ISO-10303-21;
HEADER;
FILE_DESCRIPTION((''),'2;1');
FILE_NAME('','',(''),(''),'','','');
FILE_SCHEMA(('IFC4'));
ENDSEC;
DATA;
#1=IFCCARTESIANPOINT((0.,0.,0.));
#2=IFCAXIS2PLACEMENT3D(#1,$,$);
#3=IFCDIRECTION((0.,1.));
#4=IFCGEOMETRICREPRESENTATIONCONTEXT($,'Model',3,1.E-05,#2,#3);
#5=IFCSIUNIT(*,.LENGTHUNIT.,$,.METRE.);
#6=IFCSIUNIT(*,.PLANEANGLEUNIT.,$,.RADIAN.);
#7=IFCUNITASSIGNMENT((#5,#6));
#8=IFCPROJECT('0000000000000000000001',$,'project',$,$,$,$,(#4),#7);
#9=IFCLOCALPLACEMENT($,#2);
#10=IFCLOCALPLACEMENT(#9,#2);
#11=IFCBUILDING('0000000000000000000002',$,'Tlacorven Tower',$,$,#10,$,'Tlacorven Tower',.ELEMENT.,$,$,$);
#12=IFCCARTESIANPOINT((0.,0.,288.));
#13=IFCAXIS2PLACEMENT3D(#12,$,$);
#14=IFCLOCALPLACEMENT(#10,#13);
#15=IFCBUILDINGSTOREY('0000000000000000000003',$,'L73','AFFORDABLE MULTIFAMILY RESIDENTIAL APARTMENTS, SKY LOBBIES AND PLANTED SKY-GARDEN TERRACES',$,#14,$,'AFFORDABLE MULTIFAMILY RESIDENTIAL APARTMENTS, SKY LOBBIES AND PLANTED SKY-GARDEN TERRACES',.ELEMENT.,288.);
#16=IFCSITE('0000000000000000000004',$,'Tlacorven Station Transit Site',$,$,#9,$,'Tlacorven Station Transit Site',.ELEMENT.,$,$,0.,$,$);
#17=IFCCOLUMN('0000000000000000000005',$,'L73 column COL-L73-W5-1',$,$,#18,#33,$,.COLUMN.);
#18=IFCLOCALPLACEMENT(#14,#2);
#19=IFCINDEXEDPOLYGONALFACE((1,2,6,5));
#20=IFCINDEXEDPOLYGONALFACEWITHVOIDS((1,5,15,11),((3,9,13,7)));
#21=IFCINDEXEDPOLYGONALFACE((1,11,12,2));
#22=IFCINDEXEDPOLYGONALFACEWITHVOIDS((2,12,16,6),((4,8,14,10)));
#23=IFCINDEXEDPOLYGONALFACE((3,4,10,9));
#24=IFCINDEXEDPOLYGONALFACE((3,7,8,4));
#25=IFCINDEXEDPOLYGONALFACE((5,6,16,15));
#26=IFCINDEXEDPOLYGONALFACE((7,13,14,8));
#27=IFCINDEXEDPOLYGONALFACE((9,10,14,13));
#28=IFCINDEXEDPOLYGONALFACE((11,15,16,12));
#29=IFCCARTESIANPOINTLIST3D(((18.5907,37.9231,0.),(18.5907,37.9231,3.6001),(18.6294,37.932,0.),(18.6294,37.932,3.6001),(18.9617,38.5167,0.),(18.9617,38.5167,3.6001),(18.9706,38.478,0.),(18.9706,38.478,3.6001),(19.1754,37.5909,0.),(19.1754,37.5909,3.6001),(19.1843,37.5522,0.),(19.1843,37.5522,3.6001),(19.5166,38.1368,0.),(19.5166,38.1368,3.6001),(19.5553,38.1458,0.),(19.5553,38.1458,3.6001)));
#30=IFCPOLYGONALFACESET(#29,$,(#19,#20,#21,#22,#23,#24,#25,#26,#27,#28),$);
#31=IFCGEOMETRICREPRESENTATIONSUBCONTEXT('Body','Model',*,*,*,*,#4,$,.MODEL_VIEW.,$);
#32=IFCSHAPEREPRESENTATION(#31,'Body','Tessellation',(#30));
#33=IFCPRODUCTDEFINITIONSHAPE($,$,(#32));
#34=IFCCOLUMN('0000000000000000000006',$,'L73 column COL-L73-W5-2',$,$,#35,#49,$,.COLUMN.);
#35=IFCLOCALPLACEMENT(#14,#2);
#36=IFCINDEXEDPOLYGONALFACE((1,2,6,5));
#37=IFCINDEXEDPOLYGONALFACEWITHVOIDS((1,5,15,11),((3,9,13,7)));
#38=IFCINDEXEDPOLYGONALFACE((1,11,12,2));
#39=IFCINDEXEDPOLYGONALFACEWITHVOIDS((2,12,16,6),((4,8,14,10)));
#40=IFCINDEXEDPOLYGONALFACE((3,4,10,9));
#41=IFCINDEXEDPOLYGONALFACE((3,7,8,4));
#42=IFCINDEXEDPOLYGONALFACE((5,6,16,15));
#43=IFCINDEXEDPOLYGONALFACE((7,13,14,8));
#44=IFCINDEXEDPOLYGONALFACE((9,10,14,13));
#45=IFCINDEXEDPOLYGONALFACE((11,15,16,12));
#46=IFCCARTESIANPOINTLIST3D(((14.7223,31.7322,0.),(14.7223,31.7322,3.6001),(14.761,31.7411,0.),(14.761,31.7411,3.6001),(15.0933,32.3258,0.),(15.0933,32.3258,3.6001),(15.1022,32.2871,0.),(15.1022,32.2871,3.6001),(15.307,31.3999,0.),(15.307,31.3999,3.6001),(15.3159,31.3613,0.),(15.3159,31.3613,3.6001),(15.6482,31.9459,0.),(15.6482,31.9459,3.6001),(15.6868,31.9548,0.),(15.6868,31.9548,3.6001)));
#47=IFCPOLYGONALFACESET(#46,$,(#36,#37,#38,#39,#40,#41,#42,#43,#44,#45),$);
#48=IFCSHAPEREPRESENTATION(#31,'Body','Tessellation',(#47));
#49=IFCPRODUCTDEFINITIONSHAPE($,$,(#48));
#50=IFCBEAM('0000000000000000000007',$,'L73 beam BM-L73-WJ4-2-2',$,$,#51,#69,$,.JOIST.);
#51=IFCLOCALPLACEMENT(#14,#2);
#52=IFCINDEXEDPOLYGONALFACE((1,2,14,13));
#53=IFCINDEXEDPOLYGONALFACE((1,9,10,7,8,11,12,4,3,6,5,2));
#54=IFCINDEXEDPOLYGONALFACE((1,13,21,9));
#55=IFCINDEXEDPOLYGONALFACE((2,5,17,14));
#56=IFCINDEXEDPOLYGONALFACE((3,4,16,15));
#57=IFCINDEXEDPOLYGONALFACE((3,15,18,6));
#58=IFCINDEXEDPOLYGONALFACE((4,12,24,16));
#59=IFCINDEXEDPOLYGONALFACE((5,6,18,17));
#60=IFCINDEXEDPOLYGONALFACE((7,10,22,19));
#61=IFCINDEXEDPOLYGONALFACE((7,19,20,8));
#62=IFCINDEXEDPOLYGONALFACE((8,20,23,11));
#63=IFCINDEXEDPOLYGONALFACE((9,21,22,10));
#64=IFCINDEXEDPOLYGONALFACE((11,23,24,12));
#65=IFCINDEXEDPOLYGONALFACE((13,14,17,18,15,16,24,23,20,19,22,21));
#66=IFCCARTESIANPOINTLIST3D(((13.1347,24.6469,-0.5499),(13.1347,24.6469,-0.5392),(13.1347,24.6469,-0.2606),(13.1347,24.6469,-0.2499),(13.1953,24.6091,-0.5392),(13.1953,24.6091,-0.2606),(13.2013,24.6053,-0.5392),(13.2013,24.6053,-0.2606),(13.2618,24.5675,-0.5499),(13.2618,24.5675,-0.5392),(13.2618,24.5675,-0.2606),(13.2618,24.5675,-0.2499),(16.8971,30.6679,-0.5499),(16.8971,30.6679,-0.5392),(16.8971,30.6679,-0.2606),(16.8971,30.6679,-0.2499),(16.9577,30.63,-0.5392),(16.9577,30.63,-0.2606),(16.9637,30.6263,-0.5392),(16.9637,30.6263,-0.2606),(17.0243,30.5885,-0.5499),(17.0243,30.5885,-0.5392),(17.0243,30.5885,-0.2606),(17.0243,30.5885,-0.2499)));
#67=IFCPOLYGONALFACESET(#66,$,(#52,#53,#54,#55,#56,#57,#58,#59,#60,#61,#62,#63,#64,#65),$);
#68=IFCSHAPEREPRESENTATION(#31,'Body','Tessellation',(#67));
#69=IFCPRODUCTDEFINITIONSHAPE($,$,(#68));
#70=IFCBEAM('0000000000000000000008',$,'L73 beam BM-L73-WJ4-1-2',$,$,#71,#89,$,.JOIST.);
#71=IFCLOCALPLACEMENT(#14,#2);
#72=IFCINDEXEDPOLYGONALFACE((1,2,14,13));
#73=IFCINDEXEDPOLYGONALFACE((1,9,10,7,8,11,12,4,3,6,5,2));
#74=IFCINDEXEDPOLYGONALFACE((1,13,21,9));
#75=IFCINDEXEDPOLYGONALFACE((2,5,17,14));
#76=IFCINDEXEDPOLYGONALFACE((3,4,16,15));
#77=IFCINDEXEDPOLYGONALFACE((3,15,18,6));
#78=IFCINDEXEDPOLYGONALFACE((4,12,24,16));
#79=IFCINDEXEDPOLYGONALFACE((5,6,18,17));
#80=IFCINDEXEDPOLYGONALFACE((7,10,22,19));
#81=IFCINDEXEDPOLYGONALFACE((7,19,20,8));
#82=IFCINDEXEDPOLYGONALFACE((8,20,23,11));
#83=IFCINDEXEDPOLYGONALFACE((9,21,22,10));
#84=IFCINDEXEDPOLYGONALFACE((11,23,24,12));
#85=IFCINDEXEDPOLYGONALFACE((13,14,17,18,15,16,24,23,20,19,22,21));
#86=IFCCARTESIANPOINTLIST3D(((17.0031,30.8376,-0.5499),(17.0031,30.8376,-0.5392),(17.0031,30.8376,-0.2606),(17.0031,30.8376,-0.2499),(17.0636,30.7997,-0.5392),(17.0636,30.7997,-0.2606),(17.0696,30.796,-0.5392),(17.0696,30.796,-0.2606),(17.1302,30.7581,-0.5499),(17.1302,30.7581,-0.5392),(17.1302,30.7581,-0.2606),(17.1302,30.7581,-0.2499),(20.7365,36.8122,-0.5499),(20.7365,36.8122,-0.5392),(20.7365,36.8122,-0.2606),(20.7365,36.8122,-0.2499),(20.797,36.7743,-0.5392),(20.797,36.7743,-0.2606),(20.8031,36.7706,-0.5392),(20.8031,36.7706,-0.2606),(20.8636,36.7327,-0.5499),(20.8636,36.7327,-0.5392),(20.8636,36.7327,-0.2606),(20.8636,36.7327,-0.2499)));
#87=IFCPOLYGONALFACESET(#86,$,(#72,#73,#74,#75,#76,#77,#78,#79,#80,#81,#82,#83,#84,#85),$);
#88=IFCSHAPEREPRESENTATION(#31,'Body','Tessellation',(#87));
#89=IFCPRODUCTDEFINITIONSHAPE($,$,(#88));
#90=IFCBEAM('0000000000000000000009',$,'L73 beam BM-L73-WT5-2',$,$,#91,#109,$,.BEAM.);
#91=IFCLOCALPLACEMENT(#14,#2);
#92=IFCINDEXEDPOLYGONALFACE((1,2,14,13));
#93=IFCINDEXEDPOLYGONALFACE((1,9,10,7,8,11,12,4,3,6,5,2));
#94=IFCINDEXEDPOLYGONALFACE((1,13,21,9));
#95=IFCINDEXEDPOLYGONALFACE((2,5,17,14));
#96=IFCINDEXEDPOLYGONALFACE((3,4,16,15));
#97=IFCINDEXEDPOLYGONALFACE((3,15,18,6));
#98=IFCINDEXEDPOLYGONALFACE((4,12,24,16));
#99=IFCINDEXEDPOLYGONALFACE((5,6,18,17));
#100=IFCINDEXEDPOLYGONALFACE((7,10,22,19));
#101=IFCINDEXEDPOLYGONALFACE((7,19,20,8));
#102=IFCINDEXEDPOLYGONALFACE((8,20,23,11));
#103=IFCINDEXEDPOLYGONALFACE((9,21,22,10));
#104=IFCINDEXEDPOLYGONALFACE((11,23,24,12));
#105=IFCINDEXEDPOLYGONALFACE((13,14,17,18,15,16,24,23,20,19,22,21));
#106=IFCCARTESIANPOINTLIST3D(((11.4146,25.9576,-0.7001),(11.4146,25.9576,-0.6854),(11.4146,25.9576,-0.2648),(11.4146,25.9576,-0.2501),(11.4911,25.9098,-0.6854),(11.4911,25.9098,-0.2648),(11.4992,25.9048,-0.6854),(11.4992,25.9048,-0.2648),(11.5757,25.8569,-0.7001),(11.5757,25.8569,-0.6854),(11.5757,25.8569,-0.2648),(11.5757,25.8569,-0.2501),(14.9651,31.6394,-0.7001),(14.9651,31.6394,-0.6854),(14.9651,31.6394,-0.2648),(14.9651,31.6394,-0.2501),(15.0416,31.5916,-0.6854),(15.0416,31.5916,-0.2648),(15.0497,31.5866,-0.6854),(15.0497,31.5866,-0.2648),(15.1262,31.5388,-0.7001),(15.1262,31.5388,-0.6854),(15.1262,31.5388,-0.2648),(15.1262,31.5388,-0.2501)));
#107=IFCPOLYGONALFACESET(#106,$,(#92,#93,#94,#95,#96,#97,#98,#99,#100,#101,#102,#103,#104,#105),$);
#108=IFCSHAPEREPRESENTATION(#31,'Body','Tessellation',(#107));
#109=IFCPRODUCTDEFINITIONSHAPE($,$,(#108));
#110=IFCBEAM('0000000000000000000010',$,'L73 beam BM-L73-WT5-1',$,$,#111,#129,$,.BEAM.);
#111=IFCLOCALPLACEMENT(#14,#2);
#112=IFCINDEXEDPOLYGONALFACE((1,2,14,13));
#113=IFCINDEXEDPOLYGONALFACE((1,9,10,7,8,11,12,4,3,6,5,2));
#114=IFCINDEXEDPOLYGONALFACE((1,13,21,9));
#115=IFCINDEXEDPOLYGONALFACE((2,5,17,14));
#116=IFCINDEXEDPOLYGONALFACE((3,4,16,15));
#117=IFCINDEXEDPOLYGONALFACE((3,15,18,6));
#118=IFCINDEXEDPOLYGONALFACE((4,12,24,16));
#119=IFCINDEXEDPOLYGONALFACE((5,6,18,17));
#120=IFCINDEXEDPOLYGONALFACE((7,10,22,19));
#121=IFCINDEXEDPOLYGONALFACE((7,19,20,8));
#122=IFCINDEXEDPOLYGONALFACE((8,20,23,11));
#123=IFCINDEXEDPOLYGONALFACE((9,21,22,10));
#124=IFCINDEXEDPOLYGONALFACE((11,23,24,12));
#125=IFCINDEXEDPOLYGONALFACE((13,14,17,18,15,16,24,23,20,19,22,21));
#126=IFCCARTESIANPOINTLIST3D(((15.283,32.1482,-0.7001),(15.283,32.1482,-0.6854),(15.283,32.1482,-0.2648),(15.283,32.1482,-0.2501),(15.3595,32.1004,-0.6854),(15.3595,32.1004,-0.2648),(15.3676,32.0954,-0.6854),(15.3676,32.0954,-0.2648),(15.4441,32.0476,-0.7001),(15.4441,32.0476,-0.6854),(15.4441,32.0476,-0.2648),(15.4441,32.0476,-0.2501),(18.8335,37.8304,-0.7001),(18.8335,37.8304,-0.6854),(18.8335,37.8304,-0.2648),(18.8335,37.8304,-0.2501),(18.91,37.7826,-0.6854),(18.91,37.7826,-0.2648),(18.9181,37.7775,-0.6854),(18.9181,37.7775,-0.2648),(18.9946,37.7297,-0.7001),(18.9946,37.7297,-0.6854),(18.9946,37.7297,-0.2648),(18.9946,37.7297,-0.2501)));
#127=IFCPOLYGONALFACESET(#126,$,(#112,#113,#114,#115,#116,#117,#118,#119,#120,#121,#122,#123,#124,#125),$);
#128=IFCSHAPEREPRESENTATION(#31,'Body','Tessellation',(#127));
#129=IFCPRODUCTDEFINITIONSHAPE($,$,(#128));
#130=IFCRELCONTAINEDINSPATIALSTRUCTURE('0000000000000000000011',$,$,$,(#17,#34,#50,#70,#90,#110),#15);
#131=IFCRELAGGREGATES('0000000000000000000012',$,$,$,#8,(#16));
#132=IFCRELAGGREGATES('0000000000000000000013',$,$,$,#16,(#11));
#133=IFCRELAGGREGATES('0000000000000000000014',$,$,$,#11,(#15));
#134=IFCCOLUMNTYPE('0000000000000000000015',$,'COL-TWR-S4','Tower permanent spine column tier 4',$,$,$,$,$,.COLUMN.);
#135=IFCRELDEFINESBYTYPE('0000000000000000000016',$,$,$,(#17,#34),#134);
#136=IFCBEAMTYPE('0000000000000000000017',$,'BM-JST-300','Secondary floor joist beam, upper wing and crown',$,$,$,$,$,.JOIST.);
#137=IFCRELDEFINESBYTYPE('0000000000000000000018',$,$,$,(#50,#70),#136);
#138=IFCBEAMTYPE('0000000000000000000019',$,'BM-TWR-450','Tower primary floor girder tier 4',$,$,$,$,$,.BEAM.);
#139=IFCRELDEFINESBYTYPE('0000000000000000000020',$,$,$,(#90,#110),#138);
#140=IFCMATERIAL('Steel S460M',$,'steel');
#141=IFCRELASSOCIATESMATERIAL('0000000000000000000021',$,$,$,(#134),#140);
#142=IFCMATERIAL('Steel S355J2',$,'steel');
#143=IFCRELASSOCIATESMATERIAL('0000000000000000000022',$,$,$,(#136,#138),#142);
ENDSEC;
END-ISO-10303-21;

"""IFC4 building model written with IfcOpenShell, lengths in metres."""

from ifc_helpers import new_model, si_unit, direction, frame, origin, origin_2d, place, context, subcontext, project, spatial, hollow_rectangle, i_section, extrude, source, transform, mapped, material, material_profile, profile_set, type_object, element, save


model = new_model("IFC4")

# Units and contexts
model_context = context("Model", 3, precision=1e-05, world=origin(), true_north=direction((0.0, 1.0)))
body_context = subcontext(model_context, "Body", "Model", "MODEL_VIEW")
ifc_project = project(units=[si_unit("LENGTHUNIT", "METRE"), si_unit("PLANEANGLEUNIT", "RADIAN")], contexts=[model_context])

# Site, building, storey
site_placement = place(None, origin())
site = spatial("IfcSite", under=ifc_project, at=site_placement, Name="Tlacorven Station Transit Site", LongName="Tlacorven Station Transit Site", CompositionType="ELEMENT", RefElevation=0.0)
building_placement = place(site_placement, origin())
building = spatial("IfcBuilding", under=site, at=building_placement, Name="Tlacorven Tower", LongName="Tlacorven Tower", CompositionType="ELEMENT")
storey_placement = place(building_placement, frame((0.0, 0.0, 288.0)))
storey = spatial("IfcBuildingStorey", under=building, at=storey_placement, Name="L73", Description="AFFORDABLE MULTIFAMILY RESIDENTIAL APARTMENTS, SKY LOBBIES AND PLANTED SKY-GARDEN TERRACES", LongName="AFFORDABLE MULTIFAMILY RESIDENTIAL APARTMENTS, SKY LOBBIES AND PLANTED SKY-GARDEN TERRACES", CompositionType="ELEMENT", Elevation=288.0)

# Columns
ifc_material_1 = material(Name="Steel S460M", Category="steel")
ifc_material_profile_1 = material_profile(ifc_material_1, hollow_rectangle(XDim=0.7, YDim=0.7, WallThickness=0.0281, at=origin_2d()), Name="BOX 700X700X28")
ifc_profile_set_1 = profile_set([ifc_material_profile_1], Name="Steel S460M")
column_type = type_object("IfcColumnType", Name="COL-TWR-S4", Description="Tower permanent spine column tier 4", PredefinedType="COLUMN", material=ifc_profile_set_1)
shared_shape_1 = source(origin(), body_context, "Body", "SweptSolid", [
    extrude(hollow_rectangle(XDim=0.7, YDim=0.7, WallThickness=0.0281, at=origin_2d()), origin(), (0.0, 0.0, 1.0), 3.6001),
])
for number, where, z_axis, x_axis, name in (
    (1, (19.073, 38.0344, 0.0), (0.0, 0.0, 1.0), (-0.848048, 0.529919, 0.0), "L73 column COL-L73-W5-1"),
    (2, (15.2046, 31.8435, 0.0), (0.0, 0.0, 1.0), (-0.848048, 0.529919, 0.0), "L73 column COL-L73-W5-2"),
):
    element("IfcColumn", number, at=place(storey_placement, frame(where, z_axis=z_axis, x_axis=x_axis)), inside=storey, type_object=column_type, Name=name, PredefinedType="COLUMN", context=body_context, shape_type="MappedRepresentation", body=[
        mapped(shared_shape_1, transform((0.0, 0.0, 0.0), scale=1.0)),
    ])

# Beams
ifc_material_2 = material(Name="Steel S355J2", Category="steel")
ifc_material_profile_2 = material_profile(ifc_material_2, i_section(OverallWidth=0.1499, OverallDepth=0.3, WebThickness=0.0071, FlangeThickness=0.0107, at=origin_2d()), Name="IPE 300")
ifc_profile_set_2 = profile_set([ifc_material_profile_2], Name="Steel S355J2")
beam_type_1 = type_object("IfcBeamType", Name="BM-JST-300", Description="Secondary floor joist beam, upper wing and crown", PredefinedType="JOIST", material=ifc_profile_set_2)
shared_shape_2 = source(origin(), body_context, "Body", "SweptSolid", [
    extrude(i_section(OverallWidth=0.1499, OverallDepth=0.3, WebThickness=0.0071, FlangeThickness=0.0107, at=origin_2d()), origin(), (0.0, 0.0, 1.0), 7.0999),
])
beam_1_placement = place(storey_placement, frame((16.9607, 30.6282, -0.3999), z_axis=(-0.529931, -0.848041, 0.0), x_axis=(0.848041, -0.529931, 0.0)))
element("IfcBeam", 3, at=beam_1_placement, inside=storey, type_object=beam_type_1, Name="L73 beam BM-L73-WJ4-2-2", PredefinedType="JOIST", context=body_context, shape_type="MappedRepresentation", body=[
    mapped(shared_shape_2, transform((0.0, 0.0, 0.0), scale=1.0)),
])
shared_shape_3 = source(origin(), body_context, "Body", "SweptSolid", [
    extrude(i_section(OverallWidth=0.1499, OverallDepth=0.3, WebThickness=0.0071, FlangeThickness=0.0107, at=origin_2d()), origin(), (0.0, 0.0, 1.0), 7.0452),
])
beam_2_placement = place(storey_placement, frame((20.8, 36.7725, -0.3999), z_axis=(-0.529924, -0.848045, 0.0), x_axis=(0.848045, -0.529924, 0.0)))
element("IfcBeam", 4, at=beam_2_placement, inside=storey, type_object=beam_type_1, Name="L73 beam BM-L73-WJ4-1-2", PredefinedType="JOIST", context=body_context, shape_type="MappedRepresentation", body=[
    mapped(shared_shape_3, transform((0.0, 0.0, 0.0), scale=1.0)),
])
ifc_material_profile_3 = material_profile(ifc_material_2, i_section(OverallWidth=0.1899, OverallDepth=0.45, WebThickness=0.0095, FlangeThickness=0.0146, at=origin_2d()), Name="IPE 450")
ifc_profile_set_3 = profile_set([ifc_material_profile_3], Name="Steel S355J2")
beam_type_2 = type_object("IfcBeamType", Name="BM-TWR-450", Description="Tower primary floor girder tier 4", PredefinedType="BEAM", material=ifc_profile_set_3)
shared_shape_4 = source(origin(), body_context, "Body", "SweptSolid", [
    extrude(i_section(OverallWidth=0.1899, OverallDepth=0.45, WebThickness=0.0095, FlangeThickness=0.0146, at=origin_2d()), origin(), (0.0, 0.0, 1.0), 6.7),
])
beam_3_placement = place(storey_placement, frame((15.0457, 31.5891, -0.4751), z_axis=(-0.52993, -0.848041, 0.0), x_axis=(0.848041, -0.52993, 0.0)))
element("IfcBeam", 5, at=beam_3_placement, inside=storey, type_object=beam_type_2, Name="L73 beam BM-L73-WT5-2", PredefinedType="BEAM", context=body_context, shape_type="MappedRepresentation", body=[
    mapped(shared_shape_4, transform((0.0, 0.0, 0.0), scale=1.0)),
])
shared_shape_5 = source(origin(), body_context, "Body", "SweptSolid", [
    extrude(i_section(OverallWidth=0.1899, OverallDepth=0.45, WebThickness=0.0095, FlangeThickness=0.0146, at=origin_2d()), origin(), (0.0, 0.0, 1.0), 6.7002),
])
beam_4_placement = place(storey_placement, frame((18.9141, 37.78, -0.4751), z_axis=(-0.529914, -0.848052, 0.0), x_axis=(0.848052, -0.529914, 0.0)))
element("IfcBeam", 6, at=beam_4_placement, inside=storey, type_object=beam_type_2, Name="L73 beam BM-L73-WT5-1", PredefinedType="BEAM", context=body_context, shape_type="MappedRepresentation", body=[
    mapped(shared_shape_5, transform((0.0, 0.0, 0.0), scale=1.0)),
])

save(model, "model.ifc")
